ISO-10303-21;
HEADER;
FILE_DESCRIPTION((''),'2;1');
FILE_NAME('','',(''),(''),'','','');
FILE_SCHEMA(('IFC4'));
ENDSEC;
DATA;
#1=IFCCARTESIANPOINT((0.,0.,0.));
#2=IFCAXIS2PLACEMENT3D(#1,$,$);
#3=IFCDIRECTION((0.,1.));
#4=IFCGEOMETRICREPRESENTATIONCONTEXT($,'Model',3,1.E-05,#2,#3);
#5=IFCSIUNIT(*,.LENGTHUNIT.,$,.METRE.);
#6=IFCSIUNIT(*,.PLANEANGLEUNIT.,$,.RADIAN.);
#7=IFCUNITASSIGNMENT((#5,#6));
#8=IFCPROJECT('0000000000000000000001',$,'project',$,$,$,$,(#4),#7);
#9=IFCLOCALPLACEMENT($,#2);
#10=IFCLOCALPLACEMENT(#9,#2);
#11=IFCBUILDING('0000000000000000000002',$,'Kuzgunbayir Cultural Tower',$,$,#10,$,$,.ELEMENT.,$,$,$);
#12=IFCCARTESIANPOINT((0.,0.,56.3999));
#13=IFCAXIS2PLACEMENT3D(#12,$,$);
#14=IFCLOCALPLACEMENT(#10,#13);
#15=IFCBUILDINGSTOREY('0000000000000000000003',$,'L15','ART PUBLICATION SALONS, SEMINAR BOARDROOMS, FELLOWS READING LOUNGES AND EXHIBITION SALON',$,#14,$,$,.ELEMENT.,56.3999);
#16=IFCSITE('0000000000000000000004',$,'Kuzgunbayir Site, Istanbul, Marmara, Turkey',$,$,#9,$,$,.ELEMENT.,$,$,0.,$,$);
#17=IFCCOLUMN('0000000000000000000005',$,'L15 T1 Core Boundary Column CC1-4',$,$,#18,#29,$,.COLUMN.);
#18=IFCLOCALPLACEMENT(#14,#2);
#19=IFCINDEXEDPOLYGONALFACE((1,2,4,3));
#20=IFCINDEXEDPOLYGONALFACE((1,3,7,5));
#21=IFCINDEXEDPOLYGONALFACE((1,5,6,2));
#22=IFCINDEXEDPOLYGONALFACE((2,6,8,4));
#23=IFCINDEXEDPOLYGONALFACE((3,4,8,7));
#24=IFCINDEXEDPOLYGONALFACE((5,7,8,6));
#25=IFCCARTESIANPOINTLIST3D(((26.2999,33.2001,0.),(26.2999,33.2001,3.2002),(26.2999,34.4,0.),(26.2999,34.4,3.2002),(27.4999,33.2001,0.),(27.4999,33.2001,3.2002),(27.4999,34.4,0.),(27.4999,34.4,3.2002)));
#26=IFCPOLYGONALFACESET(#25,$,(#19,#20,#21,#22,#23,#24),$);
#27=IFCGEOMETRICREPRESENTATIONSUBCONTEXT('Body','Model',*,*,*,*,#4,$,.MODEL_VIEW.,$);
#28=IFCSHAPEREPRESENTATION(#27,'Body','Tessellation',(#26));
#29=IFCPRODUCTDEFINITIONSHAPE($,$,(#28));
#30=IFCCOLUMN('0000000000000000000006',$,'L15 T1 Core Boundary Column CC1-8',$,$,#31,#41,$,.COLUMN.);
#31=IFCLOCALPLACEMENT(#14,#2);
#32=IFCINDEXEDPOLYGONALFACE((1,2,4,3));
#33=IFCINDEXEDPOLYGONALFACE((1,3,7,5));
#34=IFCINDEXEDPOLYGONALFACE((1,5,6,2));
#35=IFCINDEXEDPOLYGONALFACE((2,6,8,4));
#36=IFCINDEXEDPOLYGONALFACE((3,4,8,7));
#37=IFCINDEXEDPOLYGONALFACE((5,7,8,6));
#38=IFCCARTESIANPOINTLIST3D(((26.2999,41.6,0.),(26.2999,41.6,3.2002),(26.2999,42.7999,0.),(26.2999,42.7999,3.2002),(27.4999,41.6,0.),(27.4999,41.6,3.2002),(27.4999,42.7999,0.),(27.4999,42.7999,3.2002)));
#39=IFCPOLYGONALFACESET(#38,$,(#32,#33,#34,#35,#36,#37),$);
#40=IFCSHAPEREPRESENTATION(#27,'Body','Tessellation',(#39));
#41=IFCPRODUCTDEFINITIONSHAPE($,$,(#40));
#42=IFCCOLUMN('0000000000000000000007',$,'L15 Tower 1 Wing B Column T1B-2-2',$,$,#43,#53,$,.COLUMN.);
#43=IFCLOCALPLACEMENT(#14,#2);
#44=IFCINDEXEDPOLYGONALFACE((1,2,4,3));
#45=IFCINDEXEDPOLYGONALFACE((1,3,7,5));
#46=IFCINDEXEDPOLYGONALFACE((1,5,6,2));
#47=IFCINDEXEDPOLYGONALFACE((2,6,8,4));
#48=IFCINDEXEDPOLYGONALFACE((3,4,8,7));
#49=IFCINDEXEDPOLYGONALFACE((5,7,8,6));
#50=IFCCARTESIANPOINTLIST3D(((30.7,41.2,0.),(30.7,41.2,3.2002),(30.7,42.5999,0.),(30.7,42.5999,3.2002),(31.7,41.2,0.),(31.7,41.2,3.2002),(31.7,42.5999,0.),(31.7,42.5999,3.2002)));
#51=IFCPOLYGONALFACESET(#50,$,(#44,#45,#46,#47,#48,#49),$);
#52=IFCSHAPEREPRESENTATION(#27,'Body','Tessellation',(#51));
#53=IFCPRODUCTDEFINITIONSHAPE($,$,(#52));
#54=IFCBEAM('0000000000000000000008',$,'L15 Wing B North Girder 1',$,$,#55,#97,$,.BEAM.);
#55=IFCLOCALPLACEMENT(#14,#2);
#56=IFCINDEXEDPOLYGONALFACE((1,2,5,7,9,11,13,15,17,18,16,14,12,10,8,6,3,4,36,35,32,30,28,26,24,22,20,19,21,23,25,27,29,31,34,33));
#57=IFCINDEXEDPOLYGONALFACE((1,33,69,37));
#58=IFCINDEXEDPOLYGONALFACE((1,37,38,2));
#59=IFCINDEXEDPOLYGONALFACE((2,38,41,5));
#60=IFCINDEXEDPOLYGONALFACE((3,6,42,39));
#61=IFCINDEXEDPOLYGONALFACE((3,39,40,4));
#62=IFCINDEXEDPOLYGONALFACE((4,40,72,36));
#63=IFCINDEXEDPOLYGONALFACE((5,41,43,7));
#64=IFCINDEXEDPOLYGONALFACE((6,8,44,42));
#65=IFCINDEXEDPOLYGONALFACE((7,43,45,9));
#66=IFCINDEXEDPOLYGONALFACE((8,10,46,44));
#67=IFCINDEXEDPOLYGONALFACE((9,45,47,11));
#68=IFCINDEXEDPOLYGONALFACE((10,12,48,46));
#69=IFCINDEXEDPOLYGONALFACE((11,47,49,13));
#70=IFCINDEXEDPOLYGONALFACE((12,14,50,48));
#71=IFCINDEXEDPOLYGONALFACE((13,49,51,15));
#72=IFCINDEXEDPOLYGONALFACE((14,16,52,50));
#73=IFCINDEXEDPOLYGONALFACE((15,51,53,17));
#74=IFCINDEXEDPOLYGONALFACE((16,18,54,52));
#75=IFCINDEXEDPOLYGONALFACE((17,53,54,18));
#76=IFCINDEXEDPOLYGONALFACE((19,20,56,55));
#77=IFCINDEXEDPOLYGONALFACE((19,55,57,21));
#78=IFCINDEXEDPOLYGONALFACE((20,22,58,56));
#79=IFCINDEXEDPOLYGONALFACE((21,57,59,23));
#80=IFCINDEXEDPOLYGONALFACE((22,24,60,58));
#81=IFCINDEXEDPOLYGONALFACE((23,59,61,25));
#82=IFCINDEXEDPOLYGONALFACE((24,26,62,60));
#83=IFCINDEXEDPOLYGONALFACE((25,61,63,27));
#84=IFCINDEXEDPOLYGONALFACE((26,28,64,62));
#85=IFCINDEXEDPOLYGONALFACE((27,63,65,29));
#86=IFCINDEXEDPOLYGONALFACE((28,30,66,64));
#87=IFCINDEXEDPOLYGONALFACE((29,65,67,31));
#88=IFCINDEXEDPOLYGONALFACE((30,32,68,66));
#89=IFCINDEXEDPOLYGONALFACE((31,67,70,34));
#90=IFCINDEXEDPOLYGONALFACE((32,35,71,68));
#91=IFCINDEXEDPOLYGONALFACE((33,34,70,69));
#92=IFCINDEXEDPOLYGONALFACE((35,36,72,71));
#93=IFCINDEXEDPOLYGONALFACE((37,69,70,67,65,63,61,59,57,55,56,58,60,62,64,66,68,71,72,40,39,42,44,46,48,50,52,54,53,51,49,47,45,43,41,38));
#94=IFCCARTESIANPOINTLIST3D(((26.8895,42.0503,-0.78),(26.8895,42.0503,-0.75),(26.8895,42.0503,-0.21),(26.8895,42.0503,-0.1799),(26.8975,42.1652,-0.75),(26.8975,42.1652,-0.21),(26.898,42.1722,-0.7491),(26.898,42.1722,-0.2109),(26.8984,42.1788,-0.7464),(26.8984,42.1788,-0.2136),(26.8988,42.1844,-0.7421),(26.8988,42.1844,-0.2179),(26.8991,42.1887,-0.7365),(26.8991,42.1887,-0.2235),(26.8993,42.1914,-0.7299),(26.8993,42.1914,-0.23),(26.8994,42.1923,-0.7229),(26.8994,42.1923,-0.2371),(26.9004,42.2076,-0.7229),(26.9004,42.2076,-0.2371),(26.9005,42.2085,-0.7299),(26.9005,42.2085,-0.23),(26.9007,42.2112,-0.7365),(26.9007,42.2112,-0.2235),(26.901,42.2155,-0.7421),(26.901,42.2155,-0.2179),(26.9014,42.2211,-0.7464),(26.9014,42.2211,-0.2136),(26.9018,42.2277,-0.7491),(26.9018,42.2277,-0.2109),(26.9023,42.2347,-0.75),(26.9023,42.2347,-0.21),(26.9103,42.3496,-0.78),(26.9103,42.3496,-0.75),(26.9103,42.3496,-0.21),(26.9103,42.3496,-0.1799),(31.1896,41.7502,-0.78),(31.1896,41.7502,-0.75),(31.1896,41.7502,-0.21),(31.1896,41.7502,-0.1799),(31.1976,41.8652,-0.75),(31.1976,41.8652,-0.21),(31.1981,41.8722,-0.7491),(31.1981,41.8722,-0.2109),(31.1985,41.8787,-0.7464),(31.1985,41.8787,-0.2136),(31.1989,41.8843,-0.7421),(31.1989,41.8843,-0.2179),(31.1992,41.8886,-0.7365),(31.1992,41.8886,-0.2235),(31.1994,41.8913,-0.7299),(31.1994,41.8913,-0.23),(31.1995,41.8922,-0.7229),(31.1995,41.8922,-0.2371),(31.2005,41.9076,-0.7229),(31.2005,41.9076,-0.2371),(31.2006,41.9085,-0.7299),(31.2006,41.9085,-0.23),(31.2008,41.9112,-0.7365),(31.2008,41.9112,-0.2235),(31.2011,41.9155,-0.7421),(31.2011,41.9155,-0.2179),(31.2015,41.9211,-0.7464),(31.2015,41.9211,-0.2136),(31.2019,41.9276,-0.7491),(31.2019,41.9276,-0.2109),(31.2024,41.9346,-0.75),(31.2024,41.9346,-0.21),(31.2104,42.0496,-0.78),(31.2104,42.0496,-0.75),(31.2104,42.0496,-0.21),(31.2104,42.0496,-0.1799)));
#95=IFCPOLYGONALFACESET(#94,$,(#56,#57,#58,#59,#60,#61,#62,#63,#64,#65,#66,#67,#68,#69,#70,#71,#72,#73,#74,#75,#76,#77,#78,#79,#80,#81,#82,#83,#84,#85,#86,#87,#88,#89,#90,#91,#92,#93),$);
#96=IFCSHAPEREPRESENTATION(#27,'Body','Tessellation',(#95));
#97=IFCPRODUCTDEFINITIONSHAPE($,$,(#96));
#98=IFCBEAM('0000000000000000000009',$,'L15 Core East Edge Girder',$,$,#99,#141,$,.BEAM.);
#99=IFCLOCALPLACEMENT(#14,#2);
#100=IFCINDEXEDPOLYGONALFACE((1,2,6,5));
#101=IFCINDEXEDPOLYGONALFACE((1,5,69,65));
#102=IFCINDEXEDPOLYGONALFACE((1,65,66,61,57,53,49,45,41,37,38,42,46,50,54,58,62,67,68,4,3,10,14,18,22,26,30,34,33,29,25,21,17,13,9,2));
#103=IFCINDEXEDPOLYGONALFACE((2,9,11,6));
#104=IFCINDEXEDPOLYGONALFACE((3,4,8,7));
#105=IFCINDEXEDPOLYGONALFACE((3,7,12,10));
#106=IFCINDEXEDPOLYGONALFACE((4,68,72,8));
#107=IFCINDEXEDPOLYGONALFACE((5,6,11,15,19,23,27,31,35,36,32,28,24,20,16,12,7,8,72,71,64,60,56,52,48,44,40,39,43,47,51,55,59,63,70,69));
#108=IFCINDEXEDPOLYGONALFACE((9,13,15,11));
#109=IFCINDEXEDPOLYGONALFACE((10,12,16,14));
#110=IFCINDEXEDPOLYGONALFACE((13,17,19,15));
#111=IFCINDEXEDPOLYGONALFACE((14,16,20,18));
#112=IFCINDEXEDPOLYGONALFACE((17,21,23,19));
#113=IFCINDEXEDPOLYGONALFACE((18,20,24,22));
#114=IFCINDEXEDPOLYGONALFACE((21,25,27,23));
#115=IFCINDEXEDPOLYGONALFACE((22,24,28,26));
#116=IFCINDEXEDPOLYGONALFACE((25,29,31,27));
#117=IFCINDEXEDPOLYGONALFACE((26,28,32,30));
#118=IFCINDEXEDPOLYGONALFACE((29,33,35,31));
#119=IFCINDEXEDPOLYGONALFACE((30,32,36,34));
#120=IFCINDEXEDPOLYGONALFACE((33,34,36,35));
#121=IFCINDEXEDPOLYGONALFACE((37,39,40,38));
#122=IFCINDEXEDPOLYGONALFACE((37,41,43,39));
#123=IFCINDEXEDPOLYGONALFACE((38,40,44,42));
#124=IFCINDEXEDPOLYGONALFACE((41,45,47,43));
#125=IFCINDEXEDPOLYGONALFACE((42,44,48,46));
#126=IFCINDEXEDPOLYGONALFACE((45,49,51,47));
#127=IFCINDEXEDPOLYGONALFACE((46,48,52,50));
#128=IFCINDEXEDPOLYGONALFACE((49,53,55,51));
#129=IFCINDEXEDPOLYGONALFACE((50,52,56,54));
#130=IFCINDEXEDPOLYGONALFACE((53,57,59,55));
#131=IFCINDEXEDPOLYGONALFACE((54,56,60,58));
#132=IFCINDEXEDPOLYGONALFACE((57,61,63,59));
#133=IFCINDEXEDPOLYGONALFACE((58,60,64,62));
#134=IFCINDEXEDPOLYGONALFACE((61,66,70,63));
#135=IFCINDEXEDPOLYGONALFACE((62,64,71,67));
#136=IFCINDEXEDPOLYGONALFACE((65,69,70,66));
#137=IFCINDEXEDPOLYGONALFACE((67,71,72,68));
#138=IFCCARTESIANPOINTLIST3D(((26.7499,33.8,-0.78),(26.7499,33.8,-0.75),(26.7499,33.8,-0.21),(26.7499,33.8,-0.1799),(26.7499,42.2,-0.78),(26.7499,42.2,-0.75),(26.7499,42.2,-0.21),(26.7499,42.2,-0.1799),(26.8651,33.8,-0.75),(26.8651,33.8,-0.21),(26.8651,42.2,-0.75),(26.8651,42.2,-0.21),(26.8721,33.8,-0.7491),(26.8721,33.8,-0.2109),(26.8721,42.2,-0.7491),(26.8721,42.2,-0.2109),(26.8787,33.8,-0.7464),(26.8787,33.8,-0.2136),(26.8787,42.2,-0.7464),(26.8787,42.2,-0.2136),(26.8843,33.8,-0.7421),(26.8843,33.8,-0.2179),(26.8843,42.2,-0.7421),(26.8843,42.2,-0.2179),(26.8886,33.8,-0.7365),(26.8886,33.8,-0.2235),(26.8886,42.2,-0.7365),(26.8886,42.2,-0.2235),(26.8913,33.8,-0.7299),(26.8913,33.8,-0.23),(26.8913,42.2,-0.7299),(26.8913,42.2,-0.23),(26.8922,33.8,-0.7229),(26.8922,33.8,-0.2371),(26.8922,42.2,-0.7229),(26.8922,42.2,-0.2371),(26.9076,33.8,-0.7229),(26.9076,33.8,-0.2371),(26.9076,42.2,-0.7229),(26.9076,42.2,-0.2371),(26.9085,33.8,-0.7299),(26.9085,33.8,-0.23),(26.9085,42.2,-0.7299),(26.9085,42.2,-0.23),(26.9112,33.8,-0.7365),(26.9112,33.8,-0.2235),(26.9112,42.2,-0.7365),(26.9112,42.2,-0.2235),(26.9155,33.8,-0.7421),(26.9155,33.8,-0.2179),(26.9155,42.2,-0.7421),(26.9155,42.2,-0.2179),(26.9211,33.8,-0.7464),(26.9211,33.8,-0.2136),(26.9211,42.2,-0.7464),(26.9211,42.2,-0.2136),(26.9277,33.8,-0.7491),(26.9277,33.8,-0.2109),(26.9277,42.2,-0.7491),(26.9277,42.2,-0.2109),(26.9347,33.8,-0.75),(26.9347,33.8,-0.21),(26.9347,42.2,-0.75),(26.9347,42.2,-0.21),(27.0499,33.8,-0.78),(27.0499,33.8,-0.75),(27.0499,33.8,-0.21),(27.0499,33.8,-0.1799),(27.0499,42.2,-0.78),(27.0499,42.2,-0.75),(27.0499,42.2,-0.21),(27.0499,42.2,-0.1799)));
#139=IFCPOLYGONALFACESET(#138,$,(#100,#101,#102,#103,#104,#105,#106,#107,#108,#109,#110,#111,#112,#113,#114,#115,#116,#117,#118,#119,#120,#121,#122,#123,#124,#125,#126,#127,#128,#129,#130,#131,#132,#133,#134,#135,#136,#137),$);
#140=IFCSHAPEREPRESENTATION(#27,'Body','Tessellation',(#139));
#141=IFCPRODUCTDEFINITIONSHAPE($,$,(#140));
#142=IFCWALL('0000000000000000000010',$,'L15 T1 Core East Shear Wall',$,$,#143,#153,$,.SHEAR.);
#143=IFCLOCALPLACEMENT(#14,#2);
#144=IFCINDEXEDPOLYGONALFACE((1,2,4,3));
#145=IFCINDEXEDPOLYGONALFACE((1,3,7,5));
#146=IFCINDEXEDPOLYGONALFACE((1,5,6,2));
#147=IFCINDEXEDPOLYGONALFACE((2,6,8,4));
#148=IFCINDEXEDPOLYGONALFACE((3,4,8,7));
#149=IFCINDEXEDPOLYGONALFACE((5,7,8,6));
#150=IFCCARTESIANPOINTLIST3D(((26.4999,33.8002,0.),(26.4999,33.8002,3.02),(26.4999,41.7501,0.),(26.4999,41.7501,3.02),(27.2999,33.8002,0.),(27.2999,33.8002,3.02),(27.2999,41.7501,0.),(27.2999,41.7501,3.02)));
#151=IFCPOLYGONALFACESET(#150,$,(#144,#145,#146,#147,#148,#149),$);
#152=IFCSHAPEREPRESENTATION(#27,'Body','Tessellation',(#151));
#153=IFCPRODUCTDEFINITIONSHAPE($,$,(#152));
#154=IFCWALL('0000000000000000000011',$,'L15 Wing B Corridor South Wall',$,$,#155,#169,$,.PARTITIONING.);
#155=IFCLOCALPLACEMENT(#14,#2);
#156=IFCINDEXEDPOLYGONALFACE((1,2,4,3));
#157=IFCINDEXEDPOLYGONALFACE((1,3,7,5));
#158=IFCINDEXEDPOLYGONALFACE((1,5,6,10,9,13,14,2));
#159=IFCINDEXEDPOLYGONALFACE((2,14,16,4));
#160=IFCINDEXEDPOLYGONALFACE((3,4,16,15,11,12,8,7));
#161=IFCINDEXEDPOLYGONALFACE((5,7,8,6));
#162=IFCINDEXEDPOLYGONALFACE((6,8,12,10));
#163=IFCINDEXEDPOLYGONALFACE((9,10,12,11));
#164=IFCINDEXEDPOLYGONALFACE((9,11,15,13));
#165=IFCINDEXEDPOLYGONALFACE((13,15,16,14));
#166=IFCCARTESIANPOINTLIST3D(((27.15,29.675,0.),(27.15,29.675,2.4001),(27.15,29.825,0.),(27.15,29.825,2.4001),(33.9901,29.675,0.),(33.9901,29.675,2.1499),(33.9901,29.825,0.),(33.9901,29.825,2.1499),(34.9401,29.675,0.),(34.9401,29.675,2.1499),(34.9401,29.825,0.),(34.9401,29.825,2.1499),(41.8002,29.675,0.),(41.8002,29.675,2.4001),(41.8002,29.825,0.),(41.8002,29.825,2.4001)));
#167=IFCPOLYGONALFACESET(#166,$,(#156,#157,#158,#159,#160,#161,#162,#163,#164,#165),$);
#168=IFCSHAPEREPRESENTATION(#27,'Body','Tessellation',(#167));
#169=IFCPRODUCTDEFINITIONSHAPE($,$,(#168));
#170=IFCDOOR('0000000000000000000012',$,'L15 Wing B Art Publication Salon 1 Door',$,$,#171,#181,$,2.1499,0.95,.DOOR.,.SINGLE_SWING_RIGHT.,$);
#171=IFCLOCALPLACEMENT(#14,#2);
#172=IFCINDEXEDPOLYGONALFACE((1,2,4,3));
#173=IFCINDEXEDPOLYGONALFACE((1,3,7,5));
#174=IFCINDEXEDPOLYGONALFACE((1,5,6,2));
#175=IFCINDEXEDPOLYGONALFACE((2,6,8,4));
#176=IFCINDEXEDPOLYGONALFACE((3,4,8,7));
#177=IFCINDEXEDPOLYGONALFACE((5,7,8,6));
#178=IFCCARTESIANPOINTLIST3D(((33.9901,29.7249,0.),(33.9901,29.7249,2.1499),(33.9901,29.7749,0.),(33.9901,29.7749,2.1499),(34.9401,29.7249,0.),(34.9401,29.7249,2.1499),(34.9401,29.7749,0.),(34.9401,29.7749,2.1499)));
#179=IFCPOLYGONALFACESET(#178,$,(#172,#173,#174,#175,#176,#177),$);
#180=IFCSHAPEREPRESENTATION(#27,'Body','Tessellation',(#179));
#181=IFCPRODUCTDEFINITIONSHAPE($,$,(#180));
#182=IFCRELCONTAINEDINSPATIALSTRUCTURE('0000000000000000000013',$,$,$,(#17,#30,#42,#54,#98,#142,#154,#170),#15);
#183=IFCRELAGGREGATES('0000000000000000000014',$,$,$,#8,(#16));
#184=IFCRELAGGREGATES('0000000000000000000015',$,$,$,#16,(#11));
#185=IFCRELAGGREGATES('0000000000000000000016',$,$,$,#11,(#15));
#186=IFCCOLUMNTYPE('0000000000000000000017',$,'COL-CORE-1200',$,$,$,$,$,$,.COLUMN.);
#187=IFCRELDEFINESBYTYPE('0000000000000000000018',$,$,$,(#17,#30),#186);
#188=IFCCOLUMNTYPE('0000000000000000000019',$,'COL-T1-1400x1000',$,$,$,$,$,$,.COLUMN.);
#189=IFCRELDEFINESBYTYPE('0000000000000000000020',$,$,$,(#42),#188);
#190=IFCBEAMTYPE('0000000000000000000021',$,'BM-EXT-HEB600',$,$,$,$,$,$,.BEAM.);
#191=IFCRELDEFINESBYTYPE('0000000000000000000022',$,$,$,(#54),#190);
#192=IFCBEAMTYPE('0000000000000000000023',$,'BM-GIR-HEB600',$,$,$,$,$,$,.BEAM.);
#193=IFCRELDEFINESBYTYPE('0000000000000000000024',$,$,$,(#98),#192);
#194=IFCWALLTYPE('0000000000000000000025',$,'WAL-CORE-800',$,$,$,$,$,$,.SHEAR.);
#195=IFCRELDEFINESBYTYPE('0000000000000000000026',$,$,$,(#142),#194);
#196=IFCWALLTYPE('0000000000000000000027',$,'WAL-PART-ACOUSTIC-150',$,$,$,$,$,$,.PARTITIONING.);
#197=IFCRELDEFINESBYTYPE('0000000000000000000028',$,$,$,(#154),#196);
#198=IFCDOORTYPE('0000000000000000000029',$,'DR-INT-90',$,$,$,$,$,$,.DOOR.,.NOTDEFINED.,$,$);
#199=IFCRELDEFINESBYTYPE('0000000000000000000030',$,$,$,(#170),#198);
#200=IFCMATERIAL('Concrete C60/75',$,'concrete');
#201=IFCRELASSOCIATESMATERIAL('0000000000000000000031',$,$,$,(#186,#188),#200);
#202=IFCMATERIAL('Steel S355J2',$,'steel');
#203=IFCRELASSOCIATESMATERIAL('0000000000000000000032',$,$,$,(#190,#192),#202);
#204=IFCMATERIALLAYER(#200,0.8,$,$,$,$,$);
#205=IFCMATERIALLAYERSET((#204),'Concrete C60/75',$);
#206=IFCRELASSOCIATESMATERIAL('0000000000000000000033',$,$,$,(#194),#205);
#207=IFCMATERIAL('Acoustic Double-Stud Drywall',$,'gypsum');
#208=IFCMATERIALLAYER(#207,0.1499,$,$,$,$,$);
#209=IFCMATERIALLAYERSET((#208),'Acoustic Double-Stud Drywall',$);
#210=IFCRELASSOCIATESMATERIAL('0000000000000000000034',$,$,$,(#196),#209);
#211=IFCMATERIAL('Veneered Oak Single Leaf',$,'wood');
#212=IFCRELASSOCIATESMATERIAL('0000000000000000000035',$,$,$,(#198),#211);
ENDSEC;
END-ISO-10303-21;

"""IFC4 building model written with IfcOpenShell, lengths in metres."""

from ifc_helpers import new_model, si_unit, direction, frame, frame_2d, origin, origin_2d, place, context, subcontext, project, spatial, rectangle, i_section, extrude, material, layer, layer_set, material_profile, profile_set, type_object, element, fill, save


model = new_model("IFC4")

# Units and contexts
model_context = context("Model", 3, precision=1e-05, world=origin(), true_north=direction((0.0, 1.0)))
body_context = subcontext(model_context, "Body", "Model", "MODEL_VIEW")
ifc_project = project(units=[si_unit("LENGTHUNIT", "METRE"), si_unit("PLANEANGLEUNIT", "RADIAN")], contexts=[model_context])

# Site, building, storey
site_placement = place(None, origin())
site = spatial("IfcSite", under=ifc_project, at=site_placement, Name="Kuzgunbayir Site, Istanbul, Marmara, Turkey", CompositionType="ELEMENT", RefElevation=0.0)
building_placement = place(site_placement, origin())
building = spatial("IfcBuilding", under=site, at=building_placement, Name="Kuzgunbayir Cultural Tower", CompositionType="ELEMENT")
storey_placement = place(building_placement, frame((0.0, 0.0, 56.3999)))
storey = spatial("IfcBuildingStorey", under=building, at=storey_placement, Name="L15", Description="ART PUBLICATION SALONS, SEMINAR BOARDROOMS, FELLOWS READING LOUNGES AND EXHIBITION SALON", CompositionType="ELEMENT", Elevation=56.3999)

# Columns
ifc_material_1 = material(Name="Concrete C60/75", Category="concrete")
ifc_material_profile_1 = material_profile(ifc_material_1, rectangle(XDim=1.2, YDim=1.2, at=origin_2d()), Name="RC 1200x1200")
ifc_profile_set_1 = profile_set([ifc_material_profile_1], Name="Concrete C60/75")
column_type_1 = type_object("IfcColumnType", Name="COL-CORE-1200", PredefinedType="COLUMN", material=ifc_profile_set_1)
for number, where, z_axis, x_axis, name in (
    (1, (26.8999, 33.8, 0.0), (0.0, 0.0, 1.0), (1.0, 0.0, 0.0), "L15 T1 Core Boundary Column CC1-4"),
    (2, (26.8999, 42.2, 0.0), (0.0, 0.0, 1.0), (1.0, 0.0, 0.0), "L15 T1 Core Boundary Column CC1-8"),
):
    element("IfcColumn", number, at=place(storey_placement, frame(where, z_axis=z_axis, x_axis=x_axis)), inside=storey, type_object=column_type_1, Name=name, PredefinedType="COLUMN", context=body_context, shape_type="SweptSolid", body=[
        extrude(rectangle(XDim=1.2, YDim=1.2, at=origin_2d()), origin(), (0.0, 0.0, 1.0), 3.2002),
    ])
ifc_material_profile_2 = material_profile(ifc_material_1, rectangle(XDim=1.0, YDim=1.3999, at=origin_2d()), Name="RC 1400x1000")
ifc_profile_set_2 = profile_set([ifc_material_profile_2], Name="Concrete C60/75")
column_type_2 = type_object("IfcColumnType", Name="COL-T1-1400x1000", PredefinedType="COLUMN", material=ifc_profile_set_2)
column_placement = place(storey_placement, frame((31.2, 41.8999, 0.0), z_axis=(0.0, 0.0, 1.0), x_axis=(1.0, 0.0, 0.0)))
element("IfcColumn", 3, at=column_placement, inside=storey, type_object=column_type_2, Name="L15 Tower 1 Wing B Column T1B-2-2", PredefinedType="COLUMN", context=body_context, shape_type="SweptSolid", body=[
    extrude(rectangle(XDim=1.0, YDim=1.3999, at=origin_2d()), origin(), (0.0, 0.0, 1.0), 3.2002),
])

# Beams
ifc_material_2 = material(Name="Steel S355J2", Category="steel")
ifc_material_profile_3 = material_profile(ifc_material_2, i_section(OverallWidth=0.3, OverallDepth=0.6001, WebThickness=0.0154, FlangeThickness=0.03, FilletRadius=0.0271, at=origin_2d()), Name="HEB 600")
ifc_profile_set_3 = profile_set([ifc_material_profile_3], Name="Steel S355J2")
beam_type_1 = type_object("IfcBeamType", Name="BM-EXT-HEB600", PredefinedType="BEAM", material=ifc_profile_set_3)
beam_1_placement = place(storey_placement, frame((26.8999, 42.2, -0.48), z_axis=(0.997574, -0.069609, 0.0), x_axis=(0.069609, 0.997574, 0.0)))
element("IfcBeam", 4, at=beam_1_placement, inside=storey, type_object=beam_type_1, Name="L15 Wing B North Girder 1", PredefinedType="BEAM", context=body_context, shape_type="SweptSolid", body=[
    extrude(i_section(OverallWidth=0.3, OverallDepth=0.6001, WebThickness=0.0154, FlangeThickness=0.03, FilletRadius=0.0271, at=origin_2d()), origin(), (0.0, 0.0, 1.0), 4.3105),
])
ifc_material_profile_4 = material_profile(ifc_material_2, i_section(OverallWidth=0.3, OverallDepth=0.6001, WebThickness=0.0154, FlangeThickness=0.03, FilletRadius=0.0271, at=origin_2d()), Name="HEB 600")
ifc_profile_set_4 = profile_set([ifc_material_profile_4], Name="Steel S355J2")
beam_type_2 = type_object("IfcBeamType", Name="BM-GIR-HEB600", PredefinedType="BEAM", material=ifc_profile_set_4)
beam_2_placement = place(storey_placement, frame((26.8999, 33.8, -0.48), z_axis=(0.0, 1.0, 0.0), x_axis=(-1.0, 0.0, 0.0)))
element("IfcBeam", 5, at=beam_2_placement, inside=storey, type_object=beam_type_2, Name="L15 Core East Edge Girder", PredefinedType="BEAM", context=body_context, shape_type="SweptSolid", body=[
    extrude(i_section(OverallWidth=0.3, OverallDepth=0.6001, WebThickness=0.0154, FlangeThickness=0.03, FilletRadius=0.0271, at=origin_2d()), origin(), (0.0, 0.0, 1.0), 8.3999),
])

# Wall
ifc_layer_1 = layer(ifc_material_1, 0.8)
ifc_layer_set_1 = layer_set([ifc_layer_1], Name="Concrete C60/75")
wall_type_1 = type_object("IfcWallType", Name="WAL-CORE-800", PredefinedType="SHEAR", material=ifc_layer_set_1)
wall_1_placement = place(storey_placement, frame((26.8999, 33.8, 0.0), z_axis=(0.0, 0.0, 1.0), x_axis=(0.0, 1.0, 0.0)))
element("IfcWall", 6, at=wall_1_placement, inside=storey, type_object=wall_type_1, Name="L15 T1 Core East Shear Wall", PredefinedType="SHEAR", context=body_context, shape_type="SweptSolid", body=[
    extrude(rectangle(XDim=7.95, YDim=0.8, at=frame_2d((3.9751, 0.0))), origin(), (0.0, 0.0, 1.0), 3.02),
])

# Wall, opening, door
ifc_material_3 = material(Name="Acoustic Double-Stud Drywall", Category="gypsum")
ifc_layer_2 = layer(ifc_material_3, 0.1499)
ifc_layer_set_2 = layer_set([ifc_layer_2], Name="Acoustic Double-Stud Drywall")
wall_type_2 = type_object("IfcWallType", Name="WAL-PART-ACOUSTIC-150", PredefinedType="PARTITIONING", material=ifc_layer_set_2)
wall_2_placement = place(storey_placement, frame((27.1499, 29.75, 0.0), z_axis=(0.0, 0.0, 1.0), x_axis=(1.0, 0.0, 0.0)))
wall_2 = element("IfcWall", 7, at=wall_2_placement, inside=storey, type_object=wall_type_2, Name="L15 Wing B Corridor South Wall", PredefinedType="PARTITIONING", context=body_context, shape_type="SweptSolid", body=[
    extrude(rectangle(XDim=14.6501, YDim=0.1499, at=frame_2d((7.3252, 0.0))), origin(), (0.0, 0.0, 1.0), 2.4001),
])
opening_1_placement = place(wall_2_placement, frame((6.8401, 0.0, 0.0)))
opening_1 = element("IfcOpeningElement", 8, at=opening_1_placement, cuts=wall_2, PredefinedType="OPENING", context=body_context, shape_type="SweptSolid", body=[
    extrude(rectangle(XDim=0.95, YDim=2.1499, at=frame_2d((0.4751, 1.075))), frame((0.0, 0.085, 0.0), z_axis=(0.0, -1.0, 0.0), x_axis=(1.0, 0.0, 0.0)), (0.0, 0.0, 1.0), 0.1699),
])
ifc_material_4 = material(Name="Veneered Oak Single Leaf", Category="wood")
door_type = type_object("IfcDoorType", Name="DR-INT-90", OperationType="NOTDEFINED", PredefinedType="DOOR", material=ifc_material_4)
door_1_placement = place(opening_1_placement, origin())
door_1 = element("IfcDoor", 9, at=door_1_placement, inside=storey, type_object=door_type, Name="L15 Wing B Art Publication Salon 1 Door", OperationType="SINGLE_SWING_RIGHT", OverallHeight=2.1499, OverallWidth=0.95, PredefinedType="DOOR", context=body_context, shape_type="SweptSolid", body=[
    extrude(rectangle(XDim=0.95, YDim=2.1499, at=frame_2d((0.4751, 1.075))), frame((0.0, 0.0249, 0.0), z_axis=(0.0, -1.0, 0.0), x_axis=(1.0, 0.0, 0.0)), (0.0, 0.0, 1.0), 0.05),
])
fill(opening_1, door_1)

save(model, "model.ifc")
